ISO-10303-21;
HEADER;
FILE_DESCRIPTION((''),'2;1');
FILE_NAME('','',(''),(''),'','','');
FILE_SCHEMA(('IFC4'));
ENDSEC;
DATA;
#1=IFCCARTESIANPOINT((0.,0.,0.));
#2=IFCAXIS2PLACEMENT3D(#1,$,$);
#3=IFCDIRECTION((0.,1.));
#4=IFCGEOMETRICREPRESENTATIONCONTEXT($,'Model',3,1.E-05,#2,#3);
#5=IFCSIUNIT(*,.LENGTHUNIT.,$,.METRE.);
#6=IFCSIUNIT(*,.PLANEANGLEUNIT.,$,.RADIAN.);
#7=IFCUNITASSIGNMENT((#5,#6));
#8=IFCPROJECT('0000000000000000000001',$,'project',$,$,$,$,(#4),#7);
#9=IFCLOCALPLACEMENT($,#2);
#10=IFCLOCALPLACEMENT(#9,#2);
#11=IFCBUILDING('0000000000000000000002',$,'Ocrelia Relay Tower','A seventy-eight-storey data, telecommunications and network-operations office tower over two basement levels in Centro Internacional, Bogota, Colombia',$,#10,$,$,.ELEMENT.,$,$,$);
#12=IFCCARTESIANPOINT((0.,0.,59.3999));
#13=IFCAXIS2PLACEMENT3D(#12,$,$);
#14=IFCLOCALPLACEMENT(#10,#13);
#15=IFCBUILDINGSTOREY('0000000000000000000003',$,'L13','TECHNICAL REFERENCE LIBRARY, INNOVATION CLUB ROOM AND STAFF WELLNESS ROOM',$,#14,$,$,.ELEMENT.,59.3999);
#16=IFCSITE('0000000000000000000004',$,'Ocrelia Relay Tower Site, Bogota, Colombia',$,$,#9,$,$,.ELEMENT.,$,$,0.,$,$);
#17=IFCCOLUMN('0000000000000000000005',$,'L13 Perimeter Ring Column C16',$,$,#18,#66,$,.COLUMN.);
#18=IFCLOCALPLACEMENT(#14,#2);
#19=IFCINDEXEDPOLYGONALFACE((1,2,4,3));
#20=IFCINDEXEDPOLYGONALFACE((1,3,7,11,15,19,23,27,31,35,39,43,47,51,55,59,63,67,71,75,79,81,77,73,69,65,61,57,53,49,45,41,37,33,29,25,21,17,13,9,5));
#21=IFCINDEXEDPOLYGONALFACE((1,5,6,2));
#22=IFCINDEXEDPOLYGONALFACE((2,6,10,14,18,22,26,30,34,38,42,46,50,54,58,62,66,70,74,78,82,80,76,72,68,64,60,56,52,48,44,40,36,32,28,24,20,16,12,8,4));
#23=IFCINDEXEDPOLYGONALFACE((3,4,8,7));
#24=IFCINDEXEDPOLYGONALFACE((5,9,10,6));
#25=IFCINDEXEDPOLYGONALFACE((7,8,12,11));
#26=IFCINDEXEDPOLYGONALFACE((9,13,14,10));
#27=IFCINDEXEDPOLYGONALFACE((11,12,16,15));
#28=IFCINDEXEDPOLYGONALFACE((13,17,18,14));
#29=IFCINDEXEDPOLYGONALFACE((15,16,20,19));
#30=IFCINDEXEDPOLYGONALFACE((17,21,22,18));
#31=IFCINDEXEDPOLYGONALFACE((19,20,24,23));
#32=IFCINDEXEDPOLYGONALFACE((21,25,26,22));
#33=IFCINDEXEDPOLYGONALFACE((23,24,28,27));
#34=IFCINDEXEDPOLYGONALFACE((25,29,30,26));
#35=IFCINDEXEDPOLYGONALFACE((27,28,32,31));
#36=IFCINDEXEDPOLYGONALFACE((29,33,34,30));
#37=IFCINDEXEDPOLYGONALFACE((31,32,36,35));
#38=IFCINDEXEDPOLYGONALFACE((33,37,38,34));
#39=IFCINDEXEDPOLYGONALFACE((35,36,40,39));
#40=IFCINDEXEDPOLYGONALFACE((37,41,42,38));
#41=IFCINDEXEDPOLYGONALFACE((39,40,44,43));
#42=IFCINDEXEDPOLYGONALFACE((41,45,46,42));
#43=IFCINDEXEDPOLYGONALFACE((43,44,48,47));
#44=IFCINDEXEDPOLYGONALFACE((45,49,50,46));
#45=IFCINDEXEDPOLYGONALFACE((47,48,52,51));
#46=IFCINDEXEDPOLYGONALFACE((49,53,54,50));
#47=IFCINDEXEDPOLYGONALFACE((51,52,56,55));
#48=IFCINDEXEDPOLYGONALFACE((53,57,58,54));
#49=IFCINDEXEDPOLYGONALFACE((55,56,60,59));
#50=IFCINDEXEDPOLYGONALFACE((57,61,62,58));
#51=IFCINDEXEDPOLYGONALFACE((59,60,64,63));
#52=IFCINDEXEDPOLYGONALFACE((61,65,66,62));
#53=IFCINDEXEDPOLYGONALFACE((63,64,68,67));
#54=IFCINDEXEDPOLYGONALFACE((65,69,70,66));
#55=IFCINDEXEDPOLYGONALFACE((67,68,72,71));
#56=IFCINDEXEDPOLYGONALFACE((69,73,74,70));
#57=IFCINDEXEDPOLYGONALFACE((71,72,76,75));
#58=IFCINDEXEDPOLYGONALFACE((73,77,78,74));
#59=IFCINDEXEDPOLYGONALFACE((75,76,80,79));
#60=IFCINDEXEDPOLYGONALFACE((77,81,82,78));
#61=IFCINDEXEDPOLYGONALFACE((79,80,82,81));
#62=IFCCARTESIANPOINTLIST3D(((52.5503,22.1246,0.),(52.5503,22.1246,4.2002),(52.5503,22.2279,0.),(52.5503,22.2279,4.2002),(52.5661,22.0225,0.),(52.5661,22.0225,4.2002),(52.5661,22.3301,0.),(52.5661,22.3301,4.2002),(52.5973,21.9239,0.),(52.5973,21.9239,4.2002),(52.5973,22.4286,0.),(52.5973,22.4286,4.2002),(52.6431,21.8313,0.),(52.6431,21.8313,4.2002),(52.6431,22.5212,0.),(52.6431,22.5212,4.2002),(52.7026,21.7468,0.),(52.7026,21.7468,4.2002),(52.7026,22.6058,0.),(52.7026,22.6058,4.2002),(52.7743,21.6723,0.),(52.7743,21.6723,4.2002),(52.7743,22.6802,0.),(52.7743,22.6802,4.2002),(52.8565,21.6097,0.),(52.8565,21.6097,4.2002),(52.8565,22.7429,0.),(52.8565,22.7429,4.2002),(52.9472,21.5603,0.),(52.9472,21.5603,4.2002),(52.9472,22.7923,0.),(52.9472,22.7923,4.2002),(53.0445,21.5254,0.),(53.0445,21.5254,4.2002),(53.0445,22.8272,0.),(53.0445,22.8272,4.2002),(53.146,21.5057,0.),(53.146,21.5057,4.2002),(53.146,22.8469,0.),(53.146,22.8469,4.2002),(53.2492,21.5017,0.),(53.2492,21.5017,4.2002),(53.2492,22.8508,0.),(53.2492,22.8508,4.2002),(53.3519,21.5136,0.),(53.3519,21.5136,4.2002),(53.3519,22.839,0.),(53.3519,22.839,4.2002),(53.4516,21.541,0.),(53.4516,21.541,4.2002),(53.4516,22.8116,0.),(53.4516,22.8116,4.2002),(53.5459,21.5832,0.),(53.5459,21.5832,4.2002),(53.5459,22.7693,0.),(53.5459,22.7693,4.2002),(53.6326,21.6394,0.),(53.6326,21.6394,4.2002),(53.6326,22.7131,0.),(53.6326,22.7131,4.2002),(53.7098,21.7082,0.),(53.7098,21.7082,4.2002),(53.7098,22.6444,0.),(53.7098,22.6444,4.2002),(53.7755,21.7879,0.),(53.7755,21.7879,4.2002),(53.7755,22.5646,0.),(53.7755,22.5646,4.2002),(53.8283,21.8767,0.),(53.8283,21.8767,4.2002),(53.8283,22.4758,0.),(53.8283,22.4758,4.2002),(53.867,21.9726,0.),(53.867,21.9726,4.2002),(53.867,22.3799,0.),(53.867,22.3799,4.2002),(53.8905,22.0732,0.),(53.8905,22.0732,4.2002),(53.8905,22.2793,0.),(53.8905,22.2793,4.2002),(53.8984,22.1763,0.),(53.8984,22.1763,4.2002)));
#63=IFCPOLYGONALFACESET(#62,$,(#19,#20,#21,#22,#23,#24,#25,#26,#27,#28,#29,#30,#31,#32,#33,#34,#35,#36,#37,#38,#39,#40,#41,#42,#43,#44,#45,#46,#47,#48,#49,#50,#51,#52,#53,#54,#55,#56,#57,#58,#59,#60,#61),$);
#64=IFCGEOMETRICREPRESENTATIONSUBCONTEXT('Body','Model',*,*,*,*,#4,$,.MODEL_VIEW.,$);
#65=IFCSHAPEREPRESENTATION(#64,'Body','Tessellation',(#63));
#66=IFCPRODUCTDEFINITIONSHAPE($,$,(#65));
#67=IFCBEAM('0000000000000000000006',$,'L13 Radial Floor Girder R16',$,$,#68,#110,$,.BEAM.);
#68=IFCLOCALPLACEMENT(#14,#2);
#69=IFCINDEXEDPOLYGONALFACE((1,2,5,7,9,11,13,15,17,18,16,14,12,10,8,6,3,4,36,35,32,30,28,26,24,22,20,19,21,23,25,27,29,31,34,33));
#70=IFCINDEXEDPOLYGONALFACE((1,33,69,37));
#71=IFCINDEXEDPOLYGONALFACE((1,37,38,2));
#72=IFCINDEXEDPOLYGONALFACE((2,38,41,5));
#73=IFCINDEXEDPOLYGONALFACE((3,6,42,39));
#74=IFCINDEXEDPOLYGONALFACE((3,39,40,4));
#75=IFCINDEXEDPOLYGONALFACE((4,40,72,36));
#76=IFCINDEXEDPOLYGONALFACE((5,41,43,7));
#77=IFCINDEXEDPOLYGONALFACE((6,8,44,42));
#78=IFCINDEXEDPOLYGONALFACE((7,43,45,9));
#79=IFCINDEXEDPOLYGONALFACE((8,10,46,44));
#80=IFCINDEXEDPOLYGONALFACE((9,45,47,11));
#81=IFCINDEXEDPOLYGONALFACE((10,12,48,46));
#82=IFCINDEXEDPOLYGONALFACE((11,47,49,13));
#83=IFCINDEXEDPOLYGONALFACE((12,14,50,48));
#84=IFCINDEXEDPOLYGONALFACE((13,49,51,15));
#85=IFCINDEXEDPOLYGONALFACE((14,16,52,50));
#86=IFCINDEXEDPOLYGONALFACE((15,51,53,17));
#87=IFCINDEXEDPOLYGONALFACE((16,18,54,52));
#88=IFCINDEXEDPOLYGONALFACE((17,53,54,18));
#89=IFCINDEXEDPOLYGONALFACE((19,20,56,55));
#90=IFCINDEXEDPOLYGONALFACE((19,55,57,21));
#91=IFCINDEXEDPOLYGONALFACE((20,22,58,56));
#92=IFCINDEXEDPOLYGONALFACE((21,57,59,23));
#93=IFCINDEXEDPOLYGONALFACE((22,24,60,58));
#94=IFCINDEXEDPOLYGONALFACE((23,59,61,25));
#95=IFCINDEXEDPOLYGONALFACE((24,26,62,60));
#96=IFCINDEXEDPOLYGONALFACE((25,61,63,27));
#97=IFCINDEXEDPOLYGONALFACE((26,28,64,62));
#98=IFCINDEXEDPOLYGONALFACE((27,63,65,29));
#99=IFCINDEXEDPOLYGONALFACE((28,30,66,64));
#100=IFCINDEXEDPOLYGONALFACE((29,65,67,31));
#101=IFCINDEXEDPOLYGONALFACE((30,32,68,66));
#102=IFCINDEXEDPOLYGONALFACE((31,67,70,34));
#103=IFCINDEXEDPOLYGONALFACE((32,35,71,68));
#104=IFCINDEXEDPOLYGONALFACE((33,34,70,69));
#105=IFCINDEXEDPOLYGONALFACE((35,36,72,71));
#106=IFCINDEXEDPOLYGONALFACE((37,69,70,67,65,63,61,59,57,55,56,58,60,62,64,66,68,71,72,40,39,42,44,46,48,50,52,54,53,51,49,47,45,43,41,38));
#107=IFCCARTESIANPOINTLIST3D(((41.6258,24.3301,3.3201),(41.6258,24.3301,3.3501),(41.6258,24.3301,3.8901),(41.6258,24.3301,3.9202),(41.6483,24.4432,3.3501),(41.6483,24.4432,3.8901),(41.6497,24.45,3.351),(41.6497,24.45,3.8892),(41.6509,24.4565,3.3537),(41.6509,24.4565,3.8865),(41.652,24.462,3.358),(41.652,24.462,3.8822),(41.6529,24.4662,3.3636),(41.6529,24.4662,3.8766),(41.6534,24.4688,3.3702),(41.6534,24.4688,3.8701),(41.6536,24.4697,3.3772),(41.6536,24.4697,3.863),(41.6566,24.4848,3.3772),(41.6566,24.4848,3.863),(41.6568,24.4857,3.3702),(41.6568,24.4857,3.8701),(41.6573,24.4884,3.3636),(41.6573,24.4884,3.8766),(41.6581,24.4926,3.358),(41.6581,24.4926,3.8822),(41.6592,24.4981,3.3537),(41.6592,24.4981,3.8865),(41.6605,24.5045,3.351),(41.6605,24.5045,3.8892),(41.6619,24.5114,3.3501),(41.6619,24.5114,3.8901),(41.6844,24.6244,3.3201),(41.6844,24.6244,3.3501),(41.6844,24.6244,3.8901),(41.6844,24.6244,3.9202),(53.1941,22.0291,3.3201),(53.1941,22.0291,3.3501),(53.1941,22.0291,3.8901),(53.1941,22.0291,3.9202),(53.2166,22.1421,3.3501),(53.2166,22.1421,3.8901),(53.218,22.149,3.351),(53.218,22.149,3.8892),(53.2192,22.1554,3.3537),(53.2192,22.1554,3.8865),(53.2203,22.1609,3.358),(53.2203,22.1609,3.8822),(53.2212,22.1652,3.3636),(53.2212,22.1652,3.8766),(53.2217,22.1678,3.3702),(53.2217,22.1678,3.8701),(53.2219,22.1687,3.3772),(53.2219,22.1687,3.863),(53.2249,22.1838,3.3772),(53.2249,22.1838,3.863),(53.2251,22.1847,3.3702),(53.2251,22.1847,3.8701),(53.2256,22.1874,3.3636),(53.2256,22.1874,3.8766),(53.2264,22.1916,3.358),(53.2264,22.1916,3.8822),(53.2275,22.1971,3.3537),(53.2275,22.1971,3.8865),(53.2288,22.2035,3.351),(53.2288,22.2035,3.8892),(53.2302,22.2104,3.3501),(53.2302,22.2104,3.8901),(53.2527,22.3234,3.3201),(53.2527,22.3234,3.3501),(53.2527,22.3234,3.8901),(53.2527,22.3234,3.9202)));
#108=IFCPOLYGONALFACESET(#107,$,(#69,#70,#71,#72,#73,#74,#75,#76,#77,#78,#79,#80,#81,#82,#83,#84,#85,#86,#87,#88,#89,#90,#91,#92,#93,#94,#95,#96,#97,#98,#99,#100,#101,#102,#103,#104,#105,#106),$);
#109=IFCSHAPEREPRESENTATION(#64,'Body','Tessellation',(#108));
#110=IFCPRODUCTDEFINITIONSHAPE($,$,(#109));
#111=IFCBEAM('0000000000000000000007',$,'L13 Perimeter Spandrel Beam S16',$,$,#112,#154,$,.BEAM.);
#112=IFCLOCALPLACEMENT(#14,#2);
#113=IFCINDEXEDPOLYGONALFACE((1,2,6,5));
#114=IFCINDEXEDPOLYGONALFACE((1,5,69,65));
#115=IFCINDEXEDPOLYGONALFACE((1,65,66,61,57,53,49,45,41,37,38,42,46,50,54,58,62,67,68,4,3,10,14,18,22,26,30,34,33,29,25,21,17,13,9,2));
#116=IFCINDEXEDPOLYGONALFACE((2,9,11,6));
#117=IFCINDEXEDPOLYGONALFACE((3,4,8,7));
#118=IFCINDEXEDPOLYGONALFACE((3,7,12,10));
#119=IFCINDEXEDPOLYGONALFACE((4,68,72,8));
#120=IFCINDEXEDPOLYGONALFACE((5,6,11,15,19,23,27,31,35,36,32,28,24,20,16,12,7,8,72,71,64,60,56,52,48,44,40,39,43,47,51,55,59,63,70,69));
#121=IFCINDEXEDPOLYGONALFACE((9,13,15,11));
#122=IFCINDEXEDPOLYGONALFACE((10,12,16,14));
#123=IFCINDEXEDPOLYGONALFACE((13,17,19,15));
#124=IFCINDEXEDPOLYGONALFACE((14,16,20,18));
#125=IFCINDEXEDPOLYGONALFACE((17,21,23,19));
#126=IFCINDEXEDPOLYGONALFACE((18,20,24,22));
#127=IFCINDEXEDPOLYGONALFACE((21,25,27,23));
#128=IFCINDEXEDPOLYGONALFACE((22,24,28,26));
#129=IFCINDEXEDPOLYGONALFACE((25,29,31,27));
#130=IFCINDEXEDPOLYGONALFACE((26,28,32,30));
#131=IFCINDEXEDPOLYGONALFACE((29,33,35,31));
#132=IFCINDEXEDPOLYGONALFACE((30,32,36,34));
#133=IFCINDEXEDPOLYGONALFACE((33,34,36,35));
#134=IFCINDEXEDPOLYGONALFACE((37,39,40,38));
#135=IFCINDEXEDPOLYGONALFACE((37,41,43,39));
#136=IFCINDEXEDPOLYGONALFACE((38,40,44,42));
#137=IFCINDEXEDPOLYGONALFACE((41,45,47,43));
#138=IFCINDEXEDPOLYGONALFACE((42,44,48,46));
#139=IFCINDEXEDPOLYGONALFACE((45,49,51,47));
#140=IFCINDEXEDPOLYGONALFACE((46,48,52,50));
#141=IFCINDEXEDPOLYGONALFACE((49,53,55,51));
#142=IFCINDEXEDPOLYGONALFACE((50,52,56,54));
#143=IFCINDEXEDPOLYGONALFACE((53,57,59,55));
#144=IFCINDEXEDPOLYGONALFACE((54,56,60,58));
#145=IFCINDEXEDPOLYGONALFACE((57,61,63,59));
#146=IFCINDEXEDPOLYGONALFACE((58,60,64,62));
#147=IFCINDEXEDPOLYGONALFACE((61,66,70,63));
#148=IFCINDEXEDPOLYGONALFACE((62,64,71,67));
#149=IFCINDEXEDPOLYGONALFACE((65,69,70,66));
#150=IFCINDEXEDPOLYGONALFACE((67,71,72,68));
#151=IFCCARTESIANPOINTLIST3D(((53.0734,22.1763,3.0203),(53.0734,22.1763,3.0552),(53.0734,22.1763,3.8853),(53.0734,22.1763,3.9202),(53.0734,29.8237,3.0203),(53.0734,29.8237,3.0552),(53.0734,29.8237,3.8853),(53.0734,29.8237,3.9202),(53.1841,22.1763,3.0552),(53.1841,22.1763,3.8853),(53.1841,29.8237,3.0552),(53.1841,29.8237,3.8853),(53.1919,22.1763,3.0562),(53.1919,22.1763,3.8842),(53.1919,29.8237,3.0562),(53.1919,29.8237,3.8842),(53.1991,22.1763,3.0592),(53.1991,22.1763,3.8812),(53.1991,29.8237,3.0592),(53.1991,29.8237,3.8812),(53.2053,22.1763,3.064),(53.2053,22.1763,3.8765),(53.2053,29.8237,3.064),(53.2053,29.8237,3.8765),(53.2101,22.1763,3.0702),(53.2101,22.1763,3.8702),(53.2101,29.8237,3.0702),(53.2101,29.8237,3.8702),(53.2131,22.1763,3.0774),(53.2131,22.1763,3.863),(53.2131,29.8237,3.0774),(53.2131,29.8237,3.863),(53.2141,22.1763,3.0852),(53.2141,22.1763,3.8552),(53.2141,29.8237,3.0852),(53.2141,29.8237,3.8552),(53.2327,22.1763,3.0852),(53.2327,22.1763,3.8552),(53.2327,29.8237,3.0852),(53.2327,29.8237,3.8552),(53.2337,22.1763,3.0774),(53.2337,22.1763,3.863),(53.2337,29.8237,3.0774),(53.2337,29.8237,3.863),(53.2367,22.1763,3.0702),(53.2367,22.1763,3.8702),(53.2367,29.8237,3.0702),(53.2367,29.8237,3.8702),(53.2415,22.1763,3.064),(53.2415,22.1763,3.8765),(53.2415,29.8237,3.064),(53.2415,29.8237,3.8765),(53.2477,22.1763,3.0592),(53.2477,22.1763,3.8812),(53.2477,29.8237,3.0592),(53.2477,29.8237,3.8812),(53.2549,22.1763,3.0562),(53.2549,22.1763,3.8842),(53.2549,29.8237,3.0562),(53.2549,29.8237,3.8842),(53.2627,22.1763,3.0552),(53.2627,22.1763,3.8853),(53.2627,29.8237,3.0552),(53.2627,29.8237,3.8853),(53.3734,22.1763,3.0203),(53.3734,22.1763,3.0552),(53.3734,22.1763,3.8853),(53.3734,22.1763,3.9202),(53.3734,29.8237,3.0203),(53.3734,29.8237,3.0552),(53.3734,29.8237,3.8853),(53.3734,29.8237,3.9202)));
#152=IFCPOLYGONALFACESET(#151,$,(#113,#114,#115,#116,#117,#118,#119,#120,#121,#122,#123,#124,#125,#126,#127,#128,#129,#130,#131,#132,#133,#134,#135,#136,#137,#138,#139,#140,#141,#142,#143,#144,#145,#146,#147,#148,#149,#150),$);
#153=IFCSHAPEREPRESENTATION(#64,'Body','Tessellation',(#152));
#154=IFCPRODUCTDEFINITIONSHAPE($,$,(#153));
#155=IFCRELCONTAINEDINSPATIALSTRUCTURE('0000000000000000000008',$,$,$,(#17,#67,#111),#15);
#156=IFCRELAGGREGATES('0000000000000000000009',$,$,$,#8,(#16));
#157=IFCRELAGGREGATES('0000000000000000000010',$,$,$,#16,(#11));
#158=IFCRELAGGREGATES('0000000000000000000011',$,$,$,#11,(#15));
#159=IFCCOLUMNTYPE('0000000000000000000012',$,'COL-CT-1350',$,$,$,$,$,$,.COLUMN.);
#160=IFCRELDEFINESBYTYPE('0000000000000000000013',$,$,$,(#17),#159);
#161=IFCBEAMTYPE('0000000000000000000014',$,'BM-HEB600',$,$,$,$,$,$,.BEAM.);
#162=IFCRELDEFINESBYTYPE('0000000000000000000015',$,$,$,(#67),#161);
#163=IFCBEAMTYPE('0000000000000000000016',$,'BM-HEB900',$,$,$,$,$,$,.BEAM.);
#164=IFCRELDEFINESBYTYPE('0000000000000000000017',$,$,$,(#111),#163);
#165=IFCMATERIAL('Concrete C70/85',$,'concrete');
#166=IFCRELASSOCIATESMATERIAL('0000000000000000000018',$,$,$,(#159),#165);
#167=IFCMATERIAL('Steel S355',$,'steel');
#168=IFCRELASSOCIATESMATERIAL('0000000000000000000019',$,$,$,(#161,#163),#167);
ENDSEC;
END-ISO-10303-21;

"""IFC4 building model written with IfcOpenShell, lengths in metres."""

from ifc_helpers import new_model, si_unit, direction, frame, origin, origin_2d, place, context, subcontext, project, spatial, circle, i_section, extrude, material, material_profile, profile_set, type_object, element, save


model = new_model("IFC4")

# Units and contexts
model_context = context("Model", 3, precision=1e-05, world=origin(), true_north=direction((0.0, 1.0)))
body_context = subcontext(model_context, "Body", "Model", "MODEL_VIEW")
ifc_project = project(units=[si_unit("LENGTHUNIT", "METRE"), si_unit("PLANEANGLEUNIT", "RADIAN")], contexts=[model_context])

# Site, building, storey
site_placement = place(None, origin())
site = spatial("IfcSite", under=ifc_project, at=site_placement, Name="Ocrelia Relay Tower Site, Bogota, Colombia", CompositionType="ELEMENT", RefElevation=0.0)
building_placement = place(site_placement, origin())
building = spatial("IfcBuilding", under=site, at=building_placement, Name="Ocrelia Relay Tower", Description="A seventy-eight-storey data, telecommunications and network-operations office tower over two basement levels in Centro Internacional, Bogota, Colombia", CompositionType="ELEMENT")
storey_placement = place(building_placement, frame((0.0, 0.0, 59.3999)))
storey = spatial("IfcBuildingStorey", under=building, at=storey_placement, Name="L13", Description="TECHNICAL REFERENCE LIBRARY, INNOVATION CLUB ROOM AND STAFF WELLNESS ROOM", CompositionType="ELEMENT", Elevation=59.3999)

# Column
ifc_material_1 = material(Name="Concrete C70/85", Category="concrete")
ifc_material_profile_1 = material_profile(ifc_material_1, circle(Radius=0.675, at=origin_2d()), Name="RC-CIR-1350")
ifc_profile_set_1 = profile_set([ifc_material_profile_1], Name="Concrete C70/85")
column_type = type_object("IfcColumnType", Name="COL-CT-1350", PredefinedType="COLUMN", material=ifc_profile_set_1)
column_placement = place(storey_placement, frame((53.2234, 22.1763, 0.0), z_axis=(0.0, 0.0, 1.0), x_axis=(1.0, 0.0, 0.0)))
element("IfcColumn", 1, at=column_placement, inside=storey, type_object=column_type, Name="L13 Perimeter Ring Column C16", PredefinedType="COLUMN", context=body_context, shape_type="SweptSolid", body=[
    extrude(circle(Radius=0.675, at=origin_2d()), origin(), (0.0, 0.0, 1.0), 4.2002),
])

# Beams
ifc_material_2 = material(Name="Steel S355", Category="steel")
ifc_material_profile_2 = material_profile(ifc_material_2, i_section(OverallWidth=0.3, OverallDepth=0.6001, WebThickness=0.0154, FlangeThickness=0.03, FilletRadius=0.0271, at=origin_2d()), Name="HEB 600")
ifc_profile_set_2 = profile_set([ifc_material_profile_2], Name="Steel S355")
beam_type_1 = type_object("IfcBeamType", Name="BM-HEB600", PredefinedType="BEAM", material=ifc_profile_set_2)
beam_1_placement = place(storey_placement, frame((53.2234, 22.1763, 3.6201), z_axis=(-0.980786, 0.195085, 0.0), x_axis=(-0.195085, -0.980786, 0.0)))
element("IfcBeam", 2, at=beam_1_placement, inside=storey, type_object=beam_type_1, Name="L13 Radial Floor Girder R16", PredefinedType="BEAM", context=body_context, shape_type="SweptSolid", body=[
    extrude(i_section(OverallWidth=0.3, OverallDepth=0.6001, WebThickness=0.0154, FlangeThickness=0.03, FilletRadius=0.0271, at=origin_2d()), origin(), (0.0, 0.0, 1.0), 11.7949),
])
ifc_material_profile_3 = material_profile(ifc_material_2, i_section(OverallWidth=0.3, OverallDepth=0.8999, WebThickness=0.0186, FlangeThickness=0.0349, FilletRadius=0.03, at=origin_2d()), Name="HEB 900")
ifc_profile_set_3 = profile_set([ifc_material_profile_3], Name="Steel S355")
beam_type_2 = type_object("IfcBeamType", Name="BM-HEB900", PredefinedType="BEAM", material=ifc_profile_set_3)
beam_2_placement = place(storey_placement, frame((53.2234, 22.1763, 3.4702), z_axis=(0.0, 1.0, 0.0), x_axis=(-1.0, 0.0, 0.0)))
element("IfcBeam", 3, at=beam_2_placement, inside=storey, type_object=beam_type_2, Name="L13 Perimeter Spandrel Beam S16", PredefinedType="BEAM", context=body_context, shape_type="SweptSolid", body=[
    extrude(i_section(OverallWidth=0.3, OverallDepth=0.8999, WebThickness=0.0186, FlangeThickness=0.0349, FilletRadius=0.03, at=origin_2d()), origin(), (0.0, 0.0, 1.0), 7.6475),
])

save(model, "model.ifc")
